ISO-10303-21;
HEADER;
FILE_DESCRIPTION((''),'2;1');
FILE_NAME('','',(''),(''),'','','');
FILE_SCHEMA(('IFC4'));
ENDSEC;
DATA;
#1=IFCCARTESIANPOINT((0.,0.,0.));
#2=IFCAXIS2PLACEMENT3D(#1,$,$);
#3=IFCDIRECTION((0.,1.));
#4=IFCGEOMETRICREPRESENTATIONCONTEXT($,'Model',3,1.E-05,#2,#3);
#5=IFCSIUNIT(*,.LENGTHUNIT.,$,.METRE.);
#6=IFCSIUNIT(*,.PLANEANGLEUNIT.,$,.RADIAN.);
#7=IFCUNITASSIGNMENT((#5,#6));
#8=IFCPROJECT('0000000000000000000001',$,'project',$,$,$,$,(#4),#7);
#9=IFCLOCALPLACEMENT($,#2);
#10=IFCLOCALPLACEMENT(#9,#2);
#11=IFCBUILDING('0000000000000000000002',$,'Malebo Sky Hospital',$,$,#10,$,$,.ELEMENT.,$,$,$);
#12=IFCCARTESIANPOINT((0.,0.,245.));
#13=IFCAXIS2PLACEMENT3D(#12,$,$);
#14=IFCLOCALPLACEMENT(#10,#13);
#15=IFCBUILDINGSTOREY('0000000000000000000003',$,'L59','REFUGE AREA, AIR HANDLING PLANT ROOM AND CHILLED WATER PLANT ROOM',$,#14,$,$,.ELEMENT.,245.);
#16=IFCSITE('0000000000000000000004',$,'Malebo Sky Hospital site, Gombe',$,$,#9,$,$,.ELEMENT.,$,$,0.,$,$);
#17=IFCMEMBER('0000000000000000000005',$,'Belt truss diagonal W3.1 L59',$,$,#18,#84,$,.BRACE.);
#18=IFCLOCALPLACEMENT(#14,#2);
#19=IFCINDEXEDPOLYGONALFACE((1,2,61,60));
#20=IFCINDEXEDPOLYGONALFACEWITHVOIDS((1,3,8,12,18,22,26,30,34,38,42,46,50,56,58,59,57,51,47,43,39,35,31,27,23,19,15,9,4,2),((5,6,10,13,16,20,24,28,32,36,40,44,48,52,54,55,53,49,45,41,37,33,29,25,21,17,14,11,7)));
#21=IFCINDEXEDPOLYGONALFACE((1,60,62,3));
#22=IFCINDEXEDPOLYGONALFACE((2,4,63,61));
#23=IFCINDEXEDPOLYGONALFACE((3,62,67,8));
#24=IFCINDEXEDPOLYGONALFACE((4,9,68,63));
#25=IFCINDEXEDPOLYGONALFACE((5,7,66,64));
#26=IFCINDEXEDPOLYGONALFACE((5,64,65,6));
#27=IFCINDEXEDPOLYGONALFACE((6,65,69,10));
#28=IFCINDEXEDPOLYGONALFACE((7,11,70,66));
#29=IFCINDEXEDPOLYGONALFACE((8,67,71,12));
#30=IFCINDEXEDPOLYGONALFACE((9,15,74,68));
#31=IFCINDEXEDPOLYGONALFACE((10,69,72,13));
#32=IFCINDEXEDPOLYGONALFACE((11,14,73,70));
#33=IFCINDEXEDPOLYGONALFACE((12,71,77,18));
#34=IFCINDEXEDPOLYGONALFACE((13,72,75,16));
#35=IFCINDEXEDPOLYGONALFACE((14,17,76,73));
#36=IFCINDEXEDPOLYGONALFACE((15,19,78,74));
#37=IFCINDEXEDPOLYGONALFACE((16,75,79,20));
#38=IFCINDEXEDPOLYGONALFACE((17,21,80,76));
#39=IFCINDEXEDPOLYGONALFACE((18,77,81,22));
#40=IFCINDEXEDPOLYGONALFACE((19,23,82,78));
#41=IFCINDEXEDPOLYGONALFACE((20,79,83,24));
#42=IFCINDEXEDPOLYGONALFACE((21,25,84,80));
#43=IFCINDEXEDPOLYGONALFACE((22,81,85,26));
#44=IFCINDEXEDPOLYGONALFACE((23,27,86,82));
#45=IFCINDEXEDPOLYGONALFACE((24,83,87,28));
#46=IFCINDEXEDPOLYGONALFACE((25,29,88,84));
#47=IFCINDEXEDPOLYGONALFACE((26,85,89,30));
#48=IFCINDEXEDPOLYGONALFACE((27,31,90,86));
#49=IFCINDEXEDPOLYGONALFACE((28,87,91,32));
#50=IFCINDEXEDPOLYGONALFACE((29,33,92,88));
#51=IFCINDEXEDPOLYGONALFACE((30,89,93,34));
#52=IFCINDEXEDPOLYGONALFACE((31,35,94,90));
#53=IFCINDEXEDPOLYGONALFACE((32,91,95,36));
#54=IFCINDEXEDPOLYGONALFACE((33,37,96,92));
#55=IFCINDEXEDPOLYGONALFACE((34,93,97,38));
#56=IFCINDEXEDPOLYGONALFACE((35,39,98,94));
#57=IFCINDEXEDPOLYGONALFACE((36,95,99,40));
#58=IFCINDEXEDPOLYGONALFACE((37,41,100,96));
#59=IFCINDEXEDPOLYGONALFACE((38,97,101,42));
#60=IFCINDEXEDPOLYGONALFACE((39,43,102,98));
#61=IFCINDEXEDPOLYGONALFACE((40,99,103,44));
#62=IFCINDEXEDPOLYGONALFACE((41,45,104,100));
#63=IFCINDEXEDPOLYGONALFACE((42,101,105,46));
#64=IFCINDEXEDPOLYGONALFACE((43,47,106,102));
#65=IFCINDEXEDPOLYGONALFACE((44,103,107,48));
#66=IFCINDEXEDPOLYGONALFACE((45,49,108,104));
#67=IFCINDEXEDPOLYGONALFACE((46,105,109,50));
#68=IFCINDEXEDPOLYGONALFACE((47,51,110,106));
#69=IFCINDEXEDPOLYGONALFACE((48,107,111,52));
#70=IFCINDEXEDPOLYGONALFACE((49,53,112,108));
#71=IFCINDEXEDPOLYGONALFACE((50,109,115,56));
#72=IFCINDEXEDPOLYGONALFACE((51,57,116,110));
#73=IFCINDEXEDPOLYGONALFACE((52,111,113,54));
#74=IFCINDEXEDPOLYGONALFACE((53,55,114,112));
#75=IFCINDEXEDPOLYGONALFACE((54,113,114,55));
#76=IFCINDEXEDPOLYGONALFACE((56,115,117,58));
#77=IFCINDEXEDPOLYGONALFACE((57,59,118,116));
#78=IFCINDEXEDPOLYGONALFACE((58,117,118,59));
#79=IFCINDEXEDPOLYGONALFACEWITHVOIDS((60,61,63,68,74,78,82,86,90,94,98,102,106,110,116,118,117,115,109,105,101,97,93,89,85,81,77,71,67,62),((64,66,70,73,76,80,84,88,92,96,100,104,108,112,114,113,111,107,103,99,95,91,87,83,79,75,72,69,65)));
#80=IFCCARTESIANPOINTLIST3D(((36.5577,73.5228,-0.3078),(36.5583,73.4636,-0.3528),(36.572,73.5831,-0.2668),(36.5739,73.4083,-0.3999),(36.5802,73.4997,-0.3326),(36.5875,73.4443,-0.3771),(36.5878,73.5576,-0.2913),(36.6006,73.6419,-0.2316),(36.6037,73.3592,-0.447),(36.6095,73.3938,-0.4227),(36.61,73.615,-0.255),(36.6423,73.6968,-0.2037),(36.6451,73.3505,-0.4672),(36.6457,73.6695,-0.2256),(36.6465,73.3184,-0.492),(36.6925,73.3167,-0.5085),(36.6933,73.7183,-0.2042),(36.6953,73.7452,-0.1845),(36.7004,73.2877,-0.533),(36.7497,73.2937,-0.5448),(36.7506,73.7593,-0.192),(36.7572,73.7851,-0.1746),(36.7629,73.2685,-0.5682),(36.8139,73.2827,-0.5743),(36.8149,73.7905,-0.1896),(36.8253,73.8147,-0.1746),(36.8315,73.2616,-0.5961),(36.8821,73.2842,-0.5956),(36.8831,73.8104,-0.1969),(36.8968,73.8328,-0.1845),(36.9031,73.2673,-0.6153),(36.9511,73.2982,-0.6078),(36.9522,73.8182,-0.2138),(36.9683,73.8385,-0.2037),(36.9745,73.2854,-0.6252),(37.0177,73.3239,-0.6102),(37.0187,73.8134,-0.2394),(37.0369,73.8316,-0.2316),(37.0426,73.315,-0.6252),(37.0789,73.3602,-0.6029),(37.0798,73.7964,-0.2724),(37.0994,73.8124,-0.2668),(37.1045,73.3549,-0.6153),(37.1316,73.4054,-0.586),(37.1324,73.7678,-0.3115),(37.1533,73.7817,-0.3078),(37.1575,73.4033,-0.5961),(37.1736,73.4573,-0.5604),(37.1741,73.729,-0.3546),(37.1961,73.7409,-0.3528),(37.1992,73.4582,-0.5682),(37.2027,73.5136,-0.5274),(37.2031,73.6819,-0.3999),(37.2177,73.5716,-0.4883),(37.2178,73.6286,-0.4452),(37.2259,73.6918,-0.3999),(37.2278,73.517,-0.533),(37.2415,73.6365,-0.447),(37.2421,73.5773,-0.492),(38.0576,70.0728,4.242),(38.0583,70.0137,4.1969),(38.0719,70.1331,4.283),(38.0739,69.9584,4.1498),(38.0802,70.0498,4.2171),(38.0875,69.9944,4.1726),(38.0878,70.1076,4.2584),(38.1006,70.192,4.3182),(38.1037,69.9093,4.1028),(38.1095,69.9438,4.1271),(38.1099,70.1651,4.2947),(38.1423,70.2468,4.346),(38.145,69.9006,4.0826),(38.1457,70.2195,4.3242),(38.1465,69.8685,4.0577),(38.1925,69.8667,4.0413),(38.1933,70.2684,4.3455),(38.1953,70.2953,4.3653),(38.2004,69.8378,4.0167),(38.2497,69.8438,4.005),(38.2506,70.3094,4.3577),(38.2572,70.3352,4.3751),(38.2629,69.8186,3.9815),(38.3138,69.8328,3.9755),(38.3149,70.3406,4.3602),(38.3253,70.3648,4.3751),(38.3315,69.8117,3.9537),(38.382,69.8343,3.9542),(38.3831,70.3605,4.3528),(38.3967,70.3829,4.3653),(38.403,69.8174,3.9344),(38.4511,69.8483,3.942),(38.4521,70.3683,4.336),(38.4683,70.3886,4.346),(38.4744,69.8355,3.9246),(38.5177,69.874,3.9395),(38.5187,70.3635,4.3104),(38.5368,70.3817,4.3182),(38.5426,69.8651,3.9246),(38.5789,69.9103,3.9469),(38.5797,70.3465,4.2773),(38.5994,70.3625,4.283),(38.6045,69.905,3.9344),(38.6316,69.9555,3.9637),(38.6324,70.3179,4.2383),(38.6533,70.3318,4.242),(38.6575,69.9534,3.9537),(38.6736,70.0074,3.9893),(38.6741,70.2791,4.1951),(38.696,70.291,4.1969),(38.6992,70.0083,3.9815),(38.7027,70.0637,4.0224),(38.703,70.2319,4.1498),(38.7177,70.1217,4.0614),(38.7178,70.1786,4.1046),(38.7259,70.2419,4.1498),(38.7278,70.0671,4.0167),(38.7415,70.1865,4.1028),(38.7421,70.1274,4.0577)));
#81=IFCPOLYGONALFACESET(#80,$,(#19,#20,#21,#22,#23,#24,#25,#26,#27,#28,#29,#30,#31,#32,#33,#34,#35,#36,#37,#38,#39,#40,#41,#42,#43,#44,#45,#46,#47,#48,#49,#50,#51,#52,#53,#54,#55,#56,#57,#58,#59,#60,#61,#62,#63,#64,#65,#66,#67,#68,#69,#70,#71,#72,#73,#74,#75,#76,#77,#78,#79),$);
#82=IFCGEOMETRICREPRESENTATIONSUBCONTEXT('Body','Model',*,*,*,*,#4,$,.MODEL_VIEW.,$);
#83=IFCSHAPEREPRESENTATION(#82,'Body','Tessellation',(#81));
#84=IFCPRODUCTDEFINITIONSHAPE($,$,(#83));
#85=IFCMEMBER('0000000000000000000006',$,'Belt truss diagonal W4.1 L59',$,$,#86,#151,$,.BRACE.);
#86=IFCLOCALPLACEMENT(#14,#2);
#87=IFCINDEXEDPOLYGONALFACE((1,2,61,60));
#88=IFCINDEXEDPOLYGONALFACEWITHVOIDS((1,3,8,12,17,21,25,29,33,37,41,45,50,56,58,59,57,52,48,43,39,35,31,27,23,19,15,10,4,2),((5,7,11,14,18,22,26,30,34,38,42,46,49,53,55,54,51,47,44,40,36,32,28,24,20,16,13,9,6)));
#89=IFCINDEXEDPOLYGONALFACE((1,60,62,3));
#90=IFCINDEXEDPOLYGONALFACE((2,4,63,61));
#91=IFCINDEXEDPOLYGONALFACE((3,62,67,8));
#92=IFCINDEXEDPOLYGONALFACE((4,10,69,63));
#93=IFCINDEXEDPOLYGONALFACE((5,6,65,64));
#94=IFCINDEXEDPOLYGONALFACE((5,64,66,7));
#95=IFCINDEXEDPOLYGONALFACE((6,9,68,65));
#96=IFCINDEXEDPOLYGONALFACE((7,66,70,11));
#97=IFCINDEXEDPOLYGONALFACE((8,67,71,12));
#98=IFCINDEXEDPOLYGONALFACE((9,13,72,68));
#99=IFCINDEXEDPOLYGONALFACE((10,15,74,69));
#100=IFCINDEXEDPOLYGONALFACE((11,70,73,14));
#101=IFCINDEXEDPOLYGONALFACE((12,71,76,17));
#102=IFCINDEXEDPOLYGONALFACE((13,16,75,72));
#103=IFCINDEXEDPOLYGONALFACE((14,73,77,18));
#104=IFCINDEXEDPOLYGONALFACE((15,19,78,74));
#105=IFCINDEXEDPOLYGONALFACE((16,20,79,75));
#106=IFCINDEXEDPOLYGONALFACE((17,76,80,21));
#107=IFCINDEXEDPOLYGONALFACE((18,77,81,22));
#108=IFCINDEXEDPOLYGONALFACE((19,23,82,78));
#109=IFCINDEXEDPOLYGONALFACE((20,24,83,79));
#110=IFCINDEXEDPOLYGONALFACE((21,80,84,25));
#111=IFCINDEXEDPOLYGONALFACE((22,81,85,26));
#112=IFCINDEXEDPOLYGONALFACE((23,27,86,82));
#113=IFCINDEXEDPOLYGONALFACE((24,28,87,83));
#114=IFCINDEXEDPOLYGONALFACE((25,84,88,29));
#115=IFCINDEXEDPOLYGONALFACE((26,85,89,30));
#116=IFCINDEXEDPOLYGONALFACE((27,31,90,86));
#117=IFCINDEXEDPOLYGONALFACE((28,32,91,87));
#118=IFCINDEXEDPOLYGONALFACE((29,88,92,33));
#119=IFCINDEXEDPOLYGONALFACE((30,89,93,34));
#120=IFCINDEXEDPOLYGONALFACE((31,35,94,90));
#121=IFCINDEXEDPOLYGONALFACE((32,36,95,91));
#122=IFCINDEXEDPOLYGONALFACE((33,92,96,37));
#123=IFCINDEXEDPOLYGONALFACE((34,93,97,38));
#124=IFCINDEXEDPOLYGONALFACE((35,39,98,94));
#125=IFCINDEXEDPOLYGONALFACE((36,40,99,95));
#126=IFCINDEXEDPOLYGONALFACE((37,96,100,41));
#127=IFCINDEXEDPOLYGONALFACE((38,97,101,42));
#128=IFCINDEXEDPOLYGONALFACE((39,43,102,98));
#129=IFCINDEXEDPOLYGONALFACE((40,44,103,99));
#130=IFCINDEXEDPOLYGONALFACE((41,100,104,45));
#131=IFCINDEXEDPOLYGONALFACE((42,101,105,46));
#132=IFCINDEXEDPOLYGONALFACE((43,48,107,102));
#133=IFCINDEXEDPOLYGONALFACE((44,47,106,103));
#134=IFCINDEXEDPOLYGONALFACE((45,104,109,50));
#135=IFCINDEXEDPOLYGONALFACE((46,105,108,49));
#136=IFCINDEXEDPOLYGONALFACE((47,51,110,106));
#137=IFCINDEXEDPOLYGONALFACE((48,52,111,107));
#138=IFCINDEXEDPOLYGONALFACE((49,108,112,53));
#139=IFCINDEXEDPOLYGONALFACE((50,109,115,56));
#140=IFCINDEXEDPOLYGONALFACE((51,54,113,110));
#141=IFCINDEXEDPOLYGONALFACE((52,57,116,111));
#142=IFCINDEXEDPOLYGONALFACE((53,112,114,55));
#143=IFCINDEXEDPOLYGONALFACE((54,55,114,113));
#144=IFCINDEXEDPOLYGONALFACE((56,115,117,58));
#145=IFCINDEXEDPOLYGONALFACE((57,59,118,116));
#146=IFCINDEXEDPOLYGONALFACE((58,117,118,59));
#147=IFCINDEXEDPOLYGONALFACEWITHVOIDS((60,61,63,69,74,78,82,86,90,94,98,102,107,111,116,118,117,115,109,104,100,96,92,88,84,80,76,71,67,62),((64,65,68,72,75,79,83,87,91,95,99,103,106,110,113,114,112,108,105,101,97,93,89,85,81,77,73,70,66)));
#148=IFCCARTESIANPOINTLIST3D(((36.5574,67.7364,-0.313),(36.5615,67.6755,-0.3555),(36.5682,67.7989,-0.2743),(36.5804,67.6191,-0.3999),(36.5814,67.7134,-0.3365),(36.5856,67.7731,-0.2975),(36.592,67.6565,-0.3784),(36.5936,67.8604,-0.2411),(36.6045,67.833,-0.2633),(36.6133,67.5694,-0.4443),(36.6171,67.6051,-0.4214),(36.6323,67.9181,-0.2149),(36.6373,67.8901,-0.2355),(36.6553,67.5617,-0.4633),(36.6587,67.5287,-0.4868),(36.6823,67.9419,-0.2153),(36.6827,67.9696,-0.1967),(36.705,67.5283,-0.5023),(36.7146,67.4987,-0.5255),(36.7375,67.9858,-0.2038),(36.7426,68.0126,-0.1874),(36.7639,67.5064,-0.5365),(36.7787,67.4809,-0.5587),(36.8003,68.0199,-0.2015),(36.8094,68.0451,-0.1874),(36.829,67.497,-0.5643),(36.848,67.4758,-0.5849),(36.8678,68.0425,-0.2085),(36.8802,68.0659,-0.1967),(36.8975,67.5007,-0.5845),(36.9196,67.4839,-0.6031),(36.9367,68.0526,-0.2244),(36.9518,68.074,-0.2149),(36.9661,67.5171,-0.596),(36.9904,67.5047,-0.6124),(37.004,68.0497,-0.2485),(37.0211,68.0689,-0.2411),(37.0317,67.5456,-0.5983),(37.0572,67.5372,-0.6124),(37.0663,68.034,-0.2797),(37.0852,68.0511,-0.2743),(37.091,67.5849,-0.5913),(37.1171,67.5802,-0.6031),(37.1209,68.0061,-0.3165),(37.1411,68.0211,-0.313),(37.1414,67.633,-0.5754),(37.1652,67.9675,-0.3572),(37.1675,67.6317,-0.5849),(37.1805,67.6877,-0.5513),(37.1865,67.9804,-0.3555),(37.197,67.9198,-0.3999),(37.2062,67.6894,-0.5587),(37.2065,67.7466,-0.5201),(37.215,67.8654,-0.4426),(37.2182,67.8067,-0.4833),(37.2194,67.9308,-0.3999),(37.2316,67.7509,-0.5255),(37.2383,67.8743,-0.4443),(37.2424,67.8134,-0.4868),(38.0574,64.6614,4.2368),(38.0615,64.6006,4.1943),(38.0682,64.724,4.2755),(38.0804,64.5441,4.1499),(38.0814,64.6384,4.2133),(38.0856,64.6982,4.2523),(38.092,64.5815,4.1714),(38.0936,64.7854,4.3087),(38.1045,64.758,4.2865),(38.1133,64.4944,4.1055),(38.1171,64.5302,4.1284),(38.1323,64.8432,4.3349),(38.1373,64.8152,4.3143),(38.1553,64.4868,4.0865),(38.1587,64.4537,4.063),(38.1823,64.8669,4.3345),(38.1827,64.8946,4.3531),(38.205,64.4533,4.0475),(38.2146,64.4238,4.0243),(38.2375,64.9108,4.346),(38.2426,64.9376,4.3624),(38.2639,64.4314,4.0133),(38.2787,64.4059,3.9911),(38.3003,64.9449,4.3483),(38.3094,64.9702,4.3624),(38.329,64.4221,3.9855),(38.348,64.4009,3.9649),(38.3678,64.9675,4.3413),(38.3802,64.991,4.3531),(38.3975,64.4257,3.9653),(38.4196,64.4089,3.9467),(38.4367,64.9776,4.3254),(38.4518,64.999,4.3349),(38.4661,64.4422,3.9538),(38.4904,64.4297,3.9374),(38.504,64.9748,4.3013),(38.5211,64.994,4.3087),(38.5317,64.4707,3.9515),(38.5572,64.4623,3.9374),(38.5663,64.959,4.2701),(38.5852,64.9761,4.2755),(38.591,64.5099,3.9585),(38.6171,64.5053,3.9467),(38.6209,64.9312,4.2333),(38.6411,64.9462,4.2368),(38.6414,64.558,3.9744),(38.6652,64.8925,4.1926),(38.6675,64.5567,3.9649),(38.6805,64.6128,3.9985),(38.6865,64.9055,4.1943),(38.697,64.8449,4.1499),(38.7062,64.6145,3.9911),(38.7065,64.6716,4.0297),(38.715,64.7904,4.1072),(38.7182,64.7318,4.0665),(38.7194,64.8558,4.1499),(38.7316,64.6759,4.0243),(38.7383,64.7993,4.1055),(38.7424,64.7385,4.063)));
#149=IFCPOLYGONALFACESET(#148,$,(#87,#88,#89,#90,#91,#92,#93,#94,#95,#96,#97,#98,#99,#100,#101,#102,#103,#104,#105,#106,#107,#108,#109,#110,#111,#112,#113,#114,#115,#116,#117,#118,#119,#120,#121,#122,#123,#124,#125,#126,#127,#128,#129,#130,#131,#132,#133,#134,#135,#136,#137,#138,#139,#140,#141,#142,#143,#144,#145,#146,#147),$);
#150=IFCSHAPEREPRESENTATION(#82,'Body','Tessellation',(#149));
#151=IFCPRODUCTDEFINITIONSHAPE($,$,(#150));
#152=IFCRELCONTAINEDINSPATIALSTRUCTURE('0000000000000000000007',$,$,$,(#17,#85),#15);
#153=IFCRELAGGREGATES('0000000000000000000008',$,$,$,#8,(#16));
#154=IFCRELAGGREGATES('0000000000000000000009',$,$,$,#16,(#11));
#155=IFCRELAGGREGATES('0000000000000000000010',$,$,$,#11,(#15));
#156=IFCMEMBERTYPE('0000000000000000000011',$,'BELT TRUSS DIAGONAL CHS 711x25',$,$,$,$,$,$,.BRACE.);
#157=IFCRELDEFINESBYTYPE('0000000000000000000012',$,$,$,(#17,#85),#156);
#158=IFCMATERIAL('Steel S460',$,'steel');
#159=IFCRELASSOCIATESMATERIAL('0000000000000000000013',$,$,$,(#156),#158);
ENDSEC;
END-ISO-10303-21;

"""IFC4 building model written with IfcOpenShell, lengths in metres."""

from ifc_helpers import new_model, si_unit, direction, frame, origin, origin_2d, place, context, subcontext, project, spatial, hollow_circle, extrude, material, material_profile, profile_set, type_object, element, save


model = new_model("IFC4")

# Units and contexts
model_context = context("Model", 3, precision=1e-05, world=origin(), true_north=direction((0.0, 1.0)))
body_context = subcontext(model_context, "Body", "Model", "MODEL_VIEW")
ifc_project = project(units=[si_unit("LENGTHUNIT", "METRE"), si_unit("PLANEANGLEUNIT", "RADIAN")], contexts=[model_context])

# Site, building, storey
site_placement = place(None, origin())
site = spatial("IfcSite", under=ifc_project, at=site_placement, Name="Malebo Sky Hospital site, Gombe", CompositionType="ELEMENT", RefElevation=0.0)
building_placement = place(site_placement, origin())
building = spatial("IfcBuilding", under=site, at=building_placement, Name="Malebo Sky Hospital", CompositionType="ELEMENT")
storey_placement = place(building_placement, frame((0.0, 0.0, 245.0)))
storey = spatial("IfcBuildingStorey", under=building, at=storey_placement, Name="L59", Description="REFUGE AREA, AIR HANDLING PLANT ROOM AND CHILLED WATER PLANT ROOM", CompositionType="ELEMENT", Elevation=245.0)

# Members
ifc_material_1 = material(Name="Steel S460", Category="steel")
ifc_material_profile_1 = material_profile(ifc_material_1, hollow_circle(Radius=0.3555, WallThickness=0.0249, at=origin_2d()), Name="CHS 711x25")
ifc_profile_set_1 = profile_set([ifc_material_profile_1], Name="Steel S460")
member_type_1 = type_object("IfcMemberType", Name="BELT TRUSS DIAGONAL CHS 711x25", PredefinedType="BRACE", material=ifc_profile_set_1)
member_1_placement = place(storey_placement, frame((36.8999, 73.55, -0.3999), z_axis=(0.254081, -0.584378, 0.770679), x_axis=(0.917068, 0.398731, 0.0)))
element("IfcMember", 1, at=member_1_placement, inside=storey, type_object=member_type_1, Name="Belt truss diagonal W3.1 L59", PredefinedType="BRACE", context=body_context, shape_type="SweptSolid", body=[
    extrude(hollow_circle(Radius=0.3555, WallThickness=0.0249, at=origin_2d()), origin(), (0.0, 0.0, 1.0), 5.9036),
])
member_2_placement = place(storey_placement, frame((36.8999, 67.7749, -0.3999), z_axis=(0.263499, -0.540163, 0.799245), x_axis=(0.898766, 0.438429, 0.0)))
element("IfcMember", 2, at=member_2_placement, inside=storey, type_object=member_type_1, Name="Belt truss diagonal W4.1 L59", PredefinedType="BRACE", context=body_context, shape_type="SweptSolid", body=[
    extrude(hollow_circle(Radius=0.3555, WallThickness=0.0249, at=origin_2d()), origin(), (0.0, 0.0, 1.0), 5.6926),
])

save(model, "model.ifc")
